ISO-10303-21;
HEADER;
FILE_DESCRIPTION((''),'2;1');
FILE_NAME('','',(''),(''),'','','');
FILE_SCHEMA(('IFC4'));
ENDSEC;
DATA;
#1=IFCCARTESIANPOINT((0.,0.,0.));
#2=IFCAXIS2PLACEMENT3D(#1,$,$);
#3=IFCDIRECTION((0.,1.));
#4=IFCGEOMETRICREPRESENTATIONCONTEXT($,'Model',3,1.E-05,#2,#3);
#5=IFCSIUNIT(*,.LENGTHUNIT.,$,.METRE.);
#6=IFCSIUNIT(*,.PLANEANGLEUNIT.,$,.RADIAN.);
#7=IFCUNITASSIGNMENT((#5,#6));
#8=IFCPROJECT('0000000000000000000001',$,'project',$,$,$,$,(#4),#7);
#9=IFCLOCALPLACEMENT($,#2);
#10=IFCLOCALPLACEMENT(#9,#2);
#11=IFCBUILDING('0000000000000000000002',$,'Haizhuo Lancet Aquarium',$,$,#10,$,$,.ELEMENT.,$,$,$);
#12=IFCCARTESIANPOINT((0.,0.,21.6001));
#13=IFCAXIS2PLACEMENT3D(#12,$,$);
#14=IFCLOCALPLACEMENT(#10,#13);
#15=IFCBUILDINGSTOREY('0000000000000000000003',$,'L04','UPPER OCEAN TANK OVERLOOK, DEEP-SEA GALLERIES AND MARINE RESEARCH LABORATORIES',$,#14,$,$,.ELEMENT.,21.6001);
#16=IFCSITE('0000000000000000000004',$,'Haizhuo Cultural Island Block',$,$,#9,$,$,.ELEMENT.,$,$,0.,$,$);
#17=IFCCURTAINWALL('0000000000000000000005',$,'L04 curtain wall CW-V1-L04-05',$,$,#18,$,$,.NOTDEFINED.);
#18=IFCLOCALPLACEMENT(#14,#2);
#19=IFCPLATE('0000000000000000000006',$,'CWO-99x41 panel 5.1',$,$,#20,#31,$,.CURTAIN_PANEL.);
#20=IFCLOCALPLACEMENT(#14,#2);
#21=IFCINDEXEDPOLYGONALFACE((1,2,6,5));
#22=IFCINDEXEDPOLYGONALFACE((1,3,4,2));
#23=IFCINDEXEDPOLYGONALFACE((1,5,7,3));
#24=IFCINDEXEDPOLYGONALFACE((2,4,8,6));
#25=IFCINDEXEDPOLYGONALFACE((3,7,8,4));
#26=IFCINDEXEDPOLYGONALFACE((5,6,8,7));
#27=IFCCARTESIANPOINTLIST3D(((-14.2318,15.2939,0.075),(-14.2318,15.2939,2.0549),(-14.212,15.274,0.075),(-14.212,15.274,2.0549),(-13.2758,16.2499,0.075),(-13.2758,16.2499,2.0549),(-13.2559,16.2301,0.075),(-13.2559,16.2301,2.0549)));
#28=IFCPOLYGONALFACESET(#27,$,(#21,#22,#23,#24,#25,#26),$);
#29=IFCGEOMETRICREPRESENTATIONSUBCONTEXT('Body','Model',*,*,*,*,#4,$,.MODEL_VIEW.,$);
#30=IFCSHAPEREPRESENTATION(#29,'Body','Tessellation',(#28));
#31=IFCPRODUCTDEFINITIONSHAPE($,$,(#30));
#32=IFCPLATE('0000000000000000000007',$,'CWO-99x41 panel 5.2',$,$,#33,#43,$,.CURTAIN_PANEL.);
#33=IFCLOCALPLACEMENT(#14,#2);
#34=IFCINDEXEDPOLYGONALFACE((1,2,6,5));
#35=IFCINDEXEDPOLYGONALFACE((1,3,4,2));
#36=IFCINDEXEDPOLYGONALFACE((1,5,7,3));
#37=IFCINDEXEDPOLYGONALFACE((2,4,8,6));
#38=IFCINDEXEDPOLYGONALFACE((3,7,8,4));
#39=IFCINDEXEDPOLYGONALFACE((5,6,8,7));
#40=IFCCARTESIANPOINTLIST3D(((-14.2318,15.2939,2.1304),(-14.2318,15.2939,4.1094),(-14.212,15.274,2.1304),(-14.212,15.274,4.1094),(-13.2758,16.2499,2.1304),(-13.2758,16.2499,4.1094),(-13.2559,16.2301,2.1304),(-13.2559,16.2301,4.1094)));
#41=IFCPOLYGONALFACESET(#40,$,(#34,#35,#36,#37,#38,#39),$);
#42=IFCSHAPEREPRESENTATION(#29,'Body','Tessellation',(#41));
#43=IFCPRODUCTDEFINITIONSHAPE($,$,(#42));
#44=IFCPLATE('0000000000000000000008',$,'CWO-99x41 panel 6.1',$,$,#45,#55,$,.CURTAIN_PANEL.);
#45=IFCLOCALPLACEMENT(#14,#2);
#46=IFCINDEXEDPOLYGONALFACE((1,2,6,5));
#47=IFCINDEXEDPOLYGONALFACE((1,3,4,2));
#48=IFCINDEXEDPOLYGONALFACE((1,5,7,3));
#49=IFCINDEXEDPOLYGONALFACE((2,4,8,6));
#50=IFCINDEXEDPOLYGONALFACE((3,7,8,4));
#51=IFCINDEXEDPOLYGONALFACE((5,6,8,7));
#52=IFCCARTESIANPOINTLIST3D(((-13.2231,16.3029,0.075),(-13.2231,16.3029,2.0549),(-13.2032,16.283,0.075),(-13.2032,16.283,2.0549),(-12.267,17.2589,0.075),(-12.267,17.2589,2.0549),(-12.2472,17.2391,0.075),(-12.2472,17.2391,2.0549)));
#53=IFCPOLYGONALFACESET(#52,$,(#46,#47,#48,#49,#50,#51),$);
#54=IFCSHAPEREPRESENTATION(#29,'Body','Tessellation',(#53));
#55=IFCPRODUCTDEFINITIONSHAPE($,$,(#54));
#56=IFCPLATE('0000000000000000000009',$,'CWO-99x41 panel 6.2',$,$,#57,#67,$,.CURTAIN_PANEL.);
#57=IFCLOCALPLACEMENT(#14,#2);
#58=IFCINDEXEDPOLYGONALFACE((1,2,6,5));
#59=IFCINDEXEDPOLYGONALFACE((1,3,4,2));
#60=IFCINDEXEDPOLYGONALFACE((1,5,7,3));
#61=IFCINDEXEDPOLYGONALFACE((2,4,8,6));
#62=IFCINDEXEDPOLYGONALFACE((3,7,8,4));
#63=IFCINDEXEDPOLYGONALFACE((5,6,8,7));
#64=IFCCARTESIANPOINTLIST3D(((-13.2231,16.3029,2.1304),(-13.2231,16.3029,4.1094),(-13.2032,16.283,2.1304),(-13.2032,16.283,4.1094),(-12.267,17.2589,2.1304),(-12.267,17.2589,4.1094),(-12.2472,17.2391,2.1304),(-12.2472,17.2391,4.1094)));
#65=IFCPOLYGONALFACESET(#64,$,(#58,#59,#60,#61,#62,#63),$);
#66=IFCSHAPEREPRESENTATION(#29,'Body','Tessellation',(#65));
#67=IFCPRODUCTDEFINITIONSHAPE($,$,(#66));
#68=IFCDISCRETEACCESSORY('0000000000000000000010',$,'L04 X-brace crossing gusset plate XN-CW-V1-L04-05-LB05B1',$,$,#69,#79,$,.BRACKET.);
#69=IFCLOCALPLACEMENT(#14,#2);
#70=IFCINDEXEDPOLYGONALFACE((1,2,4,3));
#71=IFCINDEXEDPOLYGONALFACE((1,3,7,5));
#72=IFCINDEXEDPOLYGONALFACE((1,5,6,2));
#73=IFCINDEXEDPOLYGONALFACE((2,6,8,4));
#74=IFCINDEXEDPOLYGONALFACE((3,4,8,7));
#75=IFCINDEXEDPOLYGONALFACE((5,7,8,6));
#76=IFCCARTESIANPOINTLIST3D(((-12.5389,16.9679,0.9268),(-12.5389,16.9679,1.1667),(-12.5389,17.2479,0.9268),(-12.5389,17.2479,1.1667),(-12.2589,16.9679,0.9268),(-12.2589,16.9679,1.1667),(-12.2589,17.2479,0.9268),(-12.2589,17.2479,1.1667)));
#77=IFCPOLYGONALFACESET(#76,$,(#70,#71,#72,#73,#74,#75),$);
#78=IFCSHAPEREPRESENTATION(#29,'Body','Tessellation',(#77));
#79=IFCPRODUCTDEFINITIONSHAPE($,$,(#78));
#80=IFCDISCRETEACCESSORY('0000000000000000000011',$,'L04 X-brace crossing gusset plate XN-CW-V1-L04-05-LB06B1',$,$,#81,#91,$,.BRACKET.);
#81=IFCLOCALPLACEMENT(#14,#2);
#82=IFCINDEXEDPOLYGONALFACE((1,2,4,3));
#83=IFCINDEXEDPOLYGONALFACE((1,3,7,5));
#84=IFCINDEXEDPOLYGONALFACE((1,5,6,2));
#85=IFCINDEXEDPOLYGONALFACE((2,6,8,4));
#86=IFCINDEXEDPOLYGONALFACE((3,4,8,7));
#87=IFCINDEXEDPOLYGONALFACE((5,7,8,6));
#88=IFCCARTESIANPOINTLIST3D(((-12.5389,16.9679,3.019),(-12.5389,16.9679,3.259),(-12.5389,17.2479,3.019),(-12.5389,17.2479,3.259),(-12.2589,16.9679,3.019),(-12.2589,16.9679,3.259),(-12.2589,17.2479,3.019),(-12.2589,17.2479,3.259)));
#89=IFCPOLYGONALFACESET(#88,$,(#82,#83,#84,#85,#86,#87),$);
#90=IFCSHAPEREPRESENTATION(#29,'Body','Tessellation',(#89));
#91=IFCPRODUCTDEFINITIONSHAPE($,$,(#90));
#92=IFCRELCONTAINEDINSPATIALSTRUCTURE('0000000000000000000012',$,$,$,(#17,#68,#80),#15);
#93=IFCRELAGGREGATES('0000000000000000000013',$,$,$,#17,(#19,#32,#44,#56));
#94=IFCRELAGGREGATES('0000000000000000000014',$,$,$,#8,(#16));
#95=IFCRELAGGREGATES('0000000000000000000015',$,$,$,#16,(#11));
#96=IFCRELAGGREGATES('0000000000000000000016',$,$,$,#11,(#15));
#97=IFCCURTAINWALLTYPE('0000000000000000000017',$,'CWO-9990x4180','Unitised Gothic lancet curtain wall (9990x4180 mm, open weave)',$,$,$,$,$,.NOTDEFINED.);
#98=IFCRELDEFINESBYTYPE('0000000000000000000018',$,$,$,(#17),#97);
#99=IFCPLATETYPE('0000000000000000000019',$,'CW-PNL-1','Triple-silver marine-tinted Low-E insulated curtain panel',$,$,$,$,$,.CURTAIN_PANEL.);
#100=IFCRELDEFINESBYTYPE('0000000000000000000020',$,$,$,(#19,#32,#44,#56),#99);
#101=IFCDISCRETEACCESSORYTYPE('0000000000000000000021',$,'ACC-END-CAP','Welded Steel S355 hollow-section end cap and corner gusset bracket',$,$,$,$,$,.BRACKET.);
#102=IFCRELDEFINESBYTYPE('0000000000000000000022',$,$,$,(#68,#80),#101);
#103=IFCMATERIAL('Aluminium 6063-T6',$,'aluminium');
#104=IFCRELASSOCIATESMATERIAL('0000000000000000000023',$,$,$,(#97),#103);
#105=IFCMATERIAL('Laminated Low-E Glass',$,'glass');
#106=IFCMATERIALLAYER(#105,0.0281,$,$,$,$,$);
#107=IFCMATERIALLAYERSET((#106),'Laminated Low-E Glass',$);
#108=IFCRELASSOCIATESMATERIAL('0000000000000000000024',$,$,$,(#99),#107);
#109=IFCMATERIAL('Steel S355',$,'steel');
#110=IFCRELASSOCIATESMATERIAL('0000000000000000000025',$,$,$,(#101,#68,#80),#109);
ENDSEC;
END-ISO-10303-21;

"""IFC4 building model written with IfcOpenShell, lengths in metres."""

from ifc_helpers import new_model, si_unit, direction, frame, origin, origin_2d, place, context, subcontext, project, spatial, rectangle, extrude, material, layer, layer_set, type_object, element, aggregate, save


model = new_model("IFC4")

# Units and contexts
model_context = context("Model", 3, precision=1e-05, world=origin(), true_north=direction((0.0, 1.0)))
body_context = subcontext(model_context, "Body", "Model", "MODEL_VIEW")
ifc_project = project(units=[si_unit("LENGTHUNIT", "METRE"), si_unit("PLANEANGLEUNIT", "RADIAN")], contexts=[model_context])

# Site, building, storey
site_placement = place(None, origin())
site = spatial("IfcSite", under=ifc_project, at=site_placement, Name="Haizhuo Cultural Island Block", CompositionType="ELEMENT", RefElevation=0.0)
building_placement = place(site_placement, origin())
building = spatial("IfcBuilding", under=site, at=building_placement, Name="Haizhuo Lancet Aquarium", CompositionType="ELEMENT")
storey_placement = place(building_placement, frame((0.0, 0.0, 21.6001)))
storey = spatial("IfcBuildingStorey", under=building, at=storey_placement, Name="L04", Description="UPPER OCEAN TANK OVERLOOK, DEEP-SEA GALLERIES AND MARINE RESEARCH LABORATORIES", CompositionType="ELEMENT", Elevation=21.6001)

# Shared definitions
ifc_material_1 = material(Name="Steel S355", Category="steel")

# Curtain wall
ifc_material_2 = material(Name="Aluminium 6063-T6", Category="aluminium")
curtain_wall_type = type_object("IfcCurtainWallType", Name="CWO-9990x4180", Description="Unitised Gothic lancet curtain wall (9990x4180 mm, open weave)", PredefinedType="NOTDEFINED", material=ifc_material_2)
curtain_wall_placement = place(storey_placement, origin())
curtain_wall = element("IfcCurtainWall", 1, at=curtain_wall_placement, inside=storey, type_object=curtain_wall_type, Name="L04 curtain wall CW-V1-L04-05", PredefinedType="NOTDEFINED")

# Plates
ifc_material_3 = material(Name="Laminated Low-E Glass", Category="glass")
ifc_layer = layer(ifc_material_3, 0.0281)
ifc_layer_set = layer_set([ifc_layer], Name="Laminated Low-E Glass")
plate_type = type_object("IfcPlateType", Name="CW-PNL-1", Description="Triple-silver marine-tinted Low-E insulated curtain panel", PredefinedType="CURTAIN_PANEL", material=ifc_layer_set)
plate_1_placement = place(storey_placement, frame((-13.7439, 15.762, 0.075), z_axis=(0.0, 0.0, 1.0), x_axis=(0.707107, 0.707107, 0.0)))
plate_1 = element("IfcPlate", 2, at=plate_1_placement, type_object=plate_type, Name="CWO-99x41 panel 5.1", PredefinedType="CURTAIN_PANEL", context=body_context, shape_type="SweptSolid", body=[
    extrude(rectangle(XDim=1.3521, YDim=0.0281, at=origin_2d()), origin(), (0.0, 0.0, 1.0), 1.98),
])
plate_2_placement = place(storey_placement, frame((-13.7439, 15.762, 2.1304), z_axis=(0.0, 0.0, 1.0), x_axis=(0.707107, 0.707107, 0.0)))
plate_2 = element("IfcPlate", 3, at=plate_2_placement, type_object=plate_type, Name="CWO-99x41 panel 5.2", PredefinedType="CURTAIN_PANEL", context=body_context, shape_type="SweptSolid", body=[
    extrude(rectangle(XDim=1.3521, YDim=0.0281, at=origin_2d()), origin(), (0.0, 0.0, 1.0), 1.979),
])
plate_3_placement = place(storey_placement, frame((-12.7351, 16.771, 0.075), z_axis=(0.0, 0.0, 1.0), x_axis=(0.707107, 0.707107, 0.0)))
plate_3 = element("IfcPlate", 4, at=plate_3_placement, type_object=plate_type, Name="CWO-99x41 panel 6.1", PredefinedType="CURTAIN_PANEL", context=body_context, shape_type="SweptSolid", body=[
    extrude(rectangle(XDim=1.3521, YDim=0.0281, at=origin_2d()), origin(), (0.0, 0.0, 1.0), 1.98),
])
plate_4_placement = place(storey_placement, frame((-12.7351, 16.771, 2.1304), z_axis=(0.0, 0.0, 1.0), x_axis=(0.707107, 0.707107, 0.0)))
plate_4 = element("IfcPlate", 5, at=plate_4_placement, type_object=plate_type, Name="CWO-99x41 panel 6.2", PredefinedType="CURTAIN_PANEL", context=body_context, shape_type="SweptSolid", body=[
    extrude(rectangle(XDim=1.3521, YDim=0.0281, at=origin_2d()), origin(), (0.0, 0.0, 1.0), 1.979),
])
aggregate(curtain_wall, [plate_1, plate_2, plate_3, plate_4])

# Discrete accessories
discrete_accessory_type = type_object("IfcDiscreteAccessoryType", Name="ACC-END-CAP", Description="Welded Steel S355 hollow-section end cap and corner gusset bracket", PredefinedType="BRACKET", material=ifc_material_1)
for number, where, z_axis, x_axis, name in (
    (6, (-12.3989, 17.1079, 0.9268), (0.0, 0.0, 1.0), (1.0, 0.0, 0.0), "L04 X-brace crossing gusset plate XN-CW-V1-L04-05-LB05B1"),
    (7, (-12.3989, 17.1079, 3.019), (0.0, 0.0, 1.0), (1.0, 0.0, 0.0), "L04 X-brace crossing gusset plate XN-CW-V1-L04-05-LB06B1"),
):
    element("IfcDiscreteAccessory", number, at=place(storey_placement, frame(where, z_axis=z_axis, x_axis=x_axis)), inside=storey, type_object=discrete_accessory_type, material=ifc_material_1, Name=name, PredefinedType="BRACKET", context=body_context, shape_type="SweptSolid", body=[
        extrude(rectangle(XDim=0.28, YDim=0.28, at=origin_2d()), origin(), (0.0, 0.0, 1.0), 0.24),
    ])

save(model, "model.ifc")
